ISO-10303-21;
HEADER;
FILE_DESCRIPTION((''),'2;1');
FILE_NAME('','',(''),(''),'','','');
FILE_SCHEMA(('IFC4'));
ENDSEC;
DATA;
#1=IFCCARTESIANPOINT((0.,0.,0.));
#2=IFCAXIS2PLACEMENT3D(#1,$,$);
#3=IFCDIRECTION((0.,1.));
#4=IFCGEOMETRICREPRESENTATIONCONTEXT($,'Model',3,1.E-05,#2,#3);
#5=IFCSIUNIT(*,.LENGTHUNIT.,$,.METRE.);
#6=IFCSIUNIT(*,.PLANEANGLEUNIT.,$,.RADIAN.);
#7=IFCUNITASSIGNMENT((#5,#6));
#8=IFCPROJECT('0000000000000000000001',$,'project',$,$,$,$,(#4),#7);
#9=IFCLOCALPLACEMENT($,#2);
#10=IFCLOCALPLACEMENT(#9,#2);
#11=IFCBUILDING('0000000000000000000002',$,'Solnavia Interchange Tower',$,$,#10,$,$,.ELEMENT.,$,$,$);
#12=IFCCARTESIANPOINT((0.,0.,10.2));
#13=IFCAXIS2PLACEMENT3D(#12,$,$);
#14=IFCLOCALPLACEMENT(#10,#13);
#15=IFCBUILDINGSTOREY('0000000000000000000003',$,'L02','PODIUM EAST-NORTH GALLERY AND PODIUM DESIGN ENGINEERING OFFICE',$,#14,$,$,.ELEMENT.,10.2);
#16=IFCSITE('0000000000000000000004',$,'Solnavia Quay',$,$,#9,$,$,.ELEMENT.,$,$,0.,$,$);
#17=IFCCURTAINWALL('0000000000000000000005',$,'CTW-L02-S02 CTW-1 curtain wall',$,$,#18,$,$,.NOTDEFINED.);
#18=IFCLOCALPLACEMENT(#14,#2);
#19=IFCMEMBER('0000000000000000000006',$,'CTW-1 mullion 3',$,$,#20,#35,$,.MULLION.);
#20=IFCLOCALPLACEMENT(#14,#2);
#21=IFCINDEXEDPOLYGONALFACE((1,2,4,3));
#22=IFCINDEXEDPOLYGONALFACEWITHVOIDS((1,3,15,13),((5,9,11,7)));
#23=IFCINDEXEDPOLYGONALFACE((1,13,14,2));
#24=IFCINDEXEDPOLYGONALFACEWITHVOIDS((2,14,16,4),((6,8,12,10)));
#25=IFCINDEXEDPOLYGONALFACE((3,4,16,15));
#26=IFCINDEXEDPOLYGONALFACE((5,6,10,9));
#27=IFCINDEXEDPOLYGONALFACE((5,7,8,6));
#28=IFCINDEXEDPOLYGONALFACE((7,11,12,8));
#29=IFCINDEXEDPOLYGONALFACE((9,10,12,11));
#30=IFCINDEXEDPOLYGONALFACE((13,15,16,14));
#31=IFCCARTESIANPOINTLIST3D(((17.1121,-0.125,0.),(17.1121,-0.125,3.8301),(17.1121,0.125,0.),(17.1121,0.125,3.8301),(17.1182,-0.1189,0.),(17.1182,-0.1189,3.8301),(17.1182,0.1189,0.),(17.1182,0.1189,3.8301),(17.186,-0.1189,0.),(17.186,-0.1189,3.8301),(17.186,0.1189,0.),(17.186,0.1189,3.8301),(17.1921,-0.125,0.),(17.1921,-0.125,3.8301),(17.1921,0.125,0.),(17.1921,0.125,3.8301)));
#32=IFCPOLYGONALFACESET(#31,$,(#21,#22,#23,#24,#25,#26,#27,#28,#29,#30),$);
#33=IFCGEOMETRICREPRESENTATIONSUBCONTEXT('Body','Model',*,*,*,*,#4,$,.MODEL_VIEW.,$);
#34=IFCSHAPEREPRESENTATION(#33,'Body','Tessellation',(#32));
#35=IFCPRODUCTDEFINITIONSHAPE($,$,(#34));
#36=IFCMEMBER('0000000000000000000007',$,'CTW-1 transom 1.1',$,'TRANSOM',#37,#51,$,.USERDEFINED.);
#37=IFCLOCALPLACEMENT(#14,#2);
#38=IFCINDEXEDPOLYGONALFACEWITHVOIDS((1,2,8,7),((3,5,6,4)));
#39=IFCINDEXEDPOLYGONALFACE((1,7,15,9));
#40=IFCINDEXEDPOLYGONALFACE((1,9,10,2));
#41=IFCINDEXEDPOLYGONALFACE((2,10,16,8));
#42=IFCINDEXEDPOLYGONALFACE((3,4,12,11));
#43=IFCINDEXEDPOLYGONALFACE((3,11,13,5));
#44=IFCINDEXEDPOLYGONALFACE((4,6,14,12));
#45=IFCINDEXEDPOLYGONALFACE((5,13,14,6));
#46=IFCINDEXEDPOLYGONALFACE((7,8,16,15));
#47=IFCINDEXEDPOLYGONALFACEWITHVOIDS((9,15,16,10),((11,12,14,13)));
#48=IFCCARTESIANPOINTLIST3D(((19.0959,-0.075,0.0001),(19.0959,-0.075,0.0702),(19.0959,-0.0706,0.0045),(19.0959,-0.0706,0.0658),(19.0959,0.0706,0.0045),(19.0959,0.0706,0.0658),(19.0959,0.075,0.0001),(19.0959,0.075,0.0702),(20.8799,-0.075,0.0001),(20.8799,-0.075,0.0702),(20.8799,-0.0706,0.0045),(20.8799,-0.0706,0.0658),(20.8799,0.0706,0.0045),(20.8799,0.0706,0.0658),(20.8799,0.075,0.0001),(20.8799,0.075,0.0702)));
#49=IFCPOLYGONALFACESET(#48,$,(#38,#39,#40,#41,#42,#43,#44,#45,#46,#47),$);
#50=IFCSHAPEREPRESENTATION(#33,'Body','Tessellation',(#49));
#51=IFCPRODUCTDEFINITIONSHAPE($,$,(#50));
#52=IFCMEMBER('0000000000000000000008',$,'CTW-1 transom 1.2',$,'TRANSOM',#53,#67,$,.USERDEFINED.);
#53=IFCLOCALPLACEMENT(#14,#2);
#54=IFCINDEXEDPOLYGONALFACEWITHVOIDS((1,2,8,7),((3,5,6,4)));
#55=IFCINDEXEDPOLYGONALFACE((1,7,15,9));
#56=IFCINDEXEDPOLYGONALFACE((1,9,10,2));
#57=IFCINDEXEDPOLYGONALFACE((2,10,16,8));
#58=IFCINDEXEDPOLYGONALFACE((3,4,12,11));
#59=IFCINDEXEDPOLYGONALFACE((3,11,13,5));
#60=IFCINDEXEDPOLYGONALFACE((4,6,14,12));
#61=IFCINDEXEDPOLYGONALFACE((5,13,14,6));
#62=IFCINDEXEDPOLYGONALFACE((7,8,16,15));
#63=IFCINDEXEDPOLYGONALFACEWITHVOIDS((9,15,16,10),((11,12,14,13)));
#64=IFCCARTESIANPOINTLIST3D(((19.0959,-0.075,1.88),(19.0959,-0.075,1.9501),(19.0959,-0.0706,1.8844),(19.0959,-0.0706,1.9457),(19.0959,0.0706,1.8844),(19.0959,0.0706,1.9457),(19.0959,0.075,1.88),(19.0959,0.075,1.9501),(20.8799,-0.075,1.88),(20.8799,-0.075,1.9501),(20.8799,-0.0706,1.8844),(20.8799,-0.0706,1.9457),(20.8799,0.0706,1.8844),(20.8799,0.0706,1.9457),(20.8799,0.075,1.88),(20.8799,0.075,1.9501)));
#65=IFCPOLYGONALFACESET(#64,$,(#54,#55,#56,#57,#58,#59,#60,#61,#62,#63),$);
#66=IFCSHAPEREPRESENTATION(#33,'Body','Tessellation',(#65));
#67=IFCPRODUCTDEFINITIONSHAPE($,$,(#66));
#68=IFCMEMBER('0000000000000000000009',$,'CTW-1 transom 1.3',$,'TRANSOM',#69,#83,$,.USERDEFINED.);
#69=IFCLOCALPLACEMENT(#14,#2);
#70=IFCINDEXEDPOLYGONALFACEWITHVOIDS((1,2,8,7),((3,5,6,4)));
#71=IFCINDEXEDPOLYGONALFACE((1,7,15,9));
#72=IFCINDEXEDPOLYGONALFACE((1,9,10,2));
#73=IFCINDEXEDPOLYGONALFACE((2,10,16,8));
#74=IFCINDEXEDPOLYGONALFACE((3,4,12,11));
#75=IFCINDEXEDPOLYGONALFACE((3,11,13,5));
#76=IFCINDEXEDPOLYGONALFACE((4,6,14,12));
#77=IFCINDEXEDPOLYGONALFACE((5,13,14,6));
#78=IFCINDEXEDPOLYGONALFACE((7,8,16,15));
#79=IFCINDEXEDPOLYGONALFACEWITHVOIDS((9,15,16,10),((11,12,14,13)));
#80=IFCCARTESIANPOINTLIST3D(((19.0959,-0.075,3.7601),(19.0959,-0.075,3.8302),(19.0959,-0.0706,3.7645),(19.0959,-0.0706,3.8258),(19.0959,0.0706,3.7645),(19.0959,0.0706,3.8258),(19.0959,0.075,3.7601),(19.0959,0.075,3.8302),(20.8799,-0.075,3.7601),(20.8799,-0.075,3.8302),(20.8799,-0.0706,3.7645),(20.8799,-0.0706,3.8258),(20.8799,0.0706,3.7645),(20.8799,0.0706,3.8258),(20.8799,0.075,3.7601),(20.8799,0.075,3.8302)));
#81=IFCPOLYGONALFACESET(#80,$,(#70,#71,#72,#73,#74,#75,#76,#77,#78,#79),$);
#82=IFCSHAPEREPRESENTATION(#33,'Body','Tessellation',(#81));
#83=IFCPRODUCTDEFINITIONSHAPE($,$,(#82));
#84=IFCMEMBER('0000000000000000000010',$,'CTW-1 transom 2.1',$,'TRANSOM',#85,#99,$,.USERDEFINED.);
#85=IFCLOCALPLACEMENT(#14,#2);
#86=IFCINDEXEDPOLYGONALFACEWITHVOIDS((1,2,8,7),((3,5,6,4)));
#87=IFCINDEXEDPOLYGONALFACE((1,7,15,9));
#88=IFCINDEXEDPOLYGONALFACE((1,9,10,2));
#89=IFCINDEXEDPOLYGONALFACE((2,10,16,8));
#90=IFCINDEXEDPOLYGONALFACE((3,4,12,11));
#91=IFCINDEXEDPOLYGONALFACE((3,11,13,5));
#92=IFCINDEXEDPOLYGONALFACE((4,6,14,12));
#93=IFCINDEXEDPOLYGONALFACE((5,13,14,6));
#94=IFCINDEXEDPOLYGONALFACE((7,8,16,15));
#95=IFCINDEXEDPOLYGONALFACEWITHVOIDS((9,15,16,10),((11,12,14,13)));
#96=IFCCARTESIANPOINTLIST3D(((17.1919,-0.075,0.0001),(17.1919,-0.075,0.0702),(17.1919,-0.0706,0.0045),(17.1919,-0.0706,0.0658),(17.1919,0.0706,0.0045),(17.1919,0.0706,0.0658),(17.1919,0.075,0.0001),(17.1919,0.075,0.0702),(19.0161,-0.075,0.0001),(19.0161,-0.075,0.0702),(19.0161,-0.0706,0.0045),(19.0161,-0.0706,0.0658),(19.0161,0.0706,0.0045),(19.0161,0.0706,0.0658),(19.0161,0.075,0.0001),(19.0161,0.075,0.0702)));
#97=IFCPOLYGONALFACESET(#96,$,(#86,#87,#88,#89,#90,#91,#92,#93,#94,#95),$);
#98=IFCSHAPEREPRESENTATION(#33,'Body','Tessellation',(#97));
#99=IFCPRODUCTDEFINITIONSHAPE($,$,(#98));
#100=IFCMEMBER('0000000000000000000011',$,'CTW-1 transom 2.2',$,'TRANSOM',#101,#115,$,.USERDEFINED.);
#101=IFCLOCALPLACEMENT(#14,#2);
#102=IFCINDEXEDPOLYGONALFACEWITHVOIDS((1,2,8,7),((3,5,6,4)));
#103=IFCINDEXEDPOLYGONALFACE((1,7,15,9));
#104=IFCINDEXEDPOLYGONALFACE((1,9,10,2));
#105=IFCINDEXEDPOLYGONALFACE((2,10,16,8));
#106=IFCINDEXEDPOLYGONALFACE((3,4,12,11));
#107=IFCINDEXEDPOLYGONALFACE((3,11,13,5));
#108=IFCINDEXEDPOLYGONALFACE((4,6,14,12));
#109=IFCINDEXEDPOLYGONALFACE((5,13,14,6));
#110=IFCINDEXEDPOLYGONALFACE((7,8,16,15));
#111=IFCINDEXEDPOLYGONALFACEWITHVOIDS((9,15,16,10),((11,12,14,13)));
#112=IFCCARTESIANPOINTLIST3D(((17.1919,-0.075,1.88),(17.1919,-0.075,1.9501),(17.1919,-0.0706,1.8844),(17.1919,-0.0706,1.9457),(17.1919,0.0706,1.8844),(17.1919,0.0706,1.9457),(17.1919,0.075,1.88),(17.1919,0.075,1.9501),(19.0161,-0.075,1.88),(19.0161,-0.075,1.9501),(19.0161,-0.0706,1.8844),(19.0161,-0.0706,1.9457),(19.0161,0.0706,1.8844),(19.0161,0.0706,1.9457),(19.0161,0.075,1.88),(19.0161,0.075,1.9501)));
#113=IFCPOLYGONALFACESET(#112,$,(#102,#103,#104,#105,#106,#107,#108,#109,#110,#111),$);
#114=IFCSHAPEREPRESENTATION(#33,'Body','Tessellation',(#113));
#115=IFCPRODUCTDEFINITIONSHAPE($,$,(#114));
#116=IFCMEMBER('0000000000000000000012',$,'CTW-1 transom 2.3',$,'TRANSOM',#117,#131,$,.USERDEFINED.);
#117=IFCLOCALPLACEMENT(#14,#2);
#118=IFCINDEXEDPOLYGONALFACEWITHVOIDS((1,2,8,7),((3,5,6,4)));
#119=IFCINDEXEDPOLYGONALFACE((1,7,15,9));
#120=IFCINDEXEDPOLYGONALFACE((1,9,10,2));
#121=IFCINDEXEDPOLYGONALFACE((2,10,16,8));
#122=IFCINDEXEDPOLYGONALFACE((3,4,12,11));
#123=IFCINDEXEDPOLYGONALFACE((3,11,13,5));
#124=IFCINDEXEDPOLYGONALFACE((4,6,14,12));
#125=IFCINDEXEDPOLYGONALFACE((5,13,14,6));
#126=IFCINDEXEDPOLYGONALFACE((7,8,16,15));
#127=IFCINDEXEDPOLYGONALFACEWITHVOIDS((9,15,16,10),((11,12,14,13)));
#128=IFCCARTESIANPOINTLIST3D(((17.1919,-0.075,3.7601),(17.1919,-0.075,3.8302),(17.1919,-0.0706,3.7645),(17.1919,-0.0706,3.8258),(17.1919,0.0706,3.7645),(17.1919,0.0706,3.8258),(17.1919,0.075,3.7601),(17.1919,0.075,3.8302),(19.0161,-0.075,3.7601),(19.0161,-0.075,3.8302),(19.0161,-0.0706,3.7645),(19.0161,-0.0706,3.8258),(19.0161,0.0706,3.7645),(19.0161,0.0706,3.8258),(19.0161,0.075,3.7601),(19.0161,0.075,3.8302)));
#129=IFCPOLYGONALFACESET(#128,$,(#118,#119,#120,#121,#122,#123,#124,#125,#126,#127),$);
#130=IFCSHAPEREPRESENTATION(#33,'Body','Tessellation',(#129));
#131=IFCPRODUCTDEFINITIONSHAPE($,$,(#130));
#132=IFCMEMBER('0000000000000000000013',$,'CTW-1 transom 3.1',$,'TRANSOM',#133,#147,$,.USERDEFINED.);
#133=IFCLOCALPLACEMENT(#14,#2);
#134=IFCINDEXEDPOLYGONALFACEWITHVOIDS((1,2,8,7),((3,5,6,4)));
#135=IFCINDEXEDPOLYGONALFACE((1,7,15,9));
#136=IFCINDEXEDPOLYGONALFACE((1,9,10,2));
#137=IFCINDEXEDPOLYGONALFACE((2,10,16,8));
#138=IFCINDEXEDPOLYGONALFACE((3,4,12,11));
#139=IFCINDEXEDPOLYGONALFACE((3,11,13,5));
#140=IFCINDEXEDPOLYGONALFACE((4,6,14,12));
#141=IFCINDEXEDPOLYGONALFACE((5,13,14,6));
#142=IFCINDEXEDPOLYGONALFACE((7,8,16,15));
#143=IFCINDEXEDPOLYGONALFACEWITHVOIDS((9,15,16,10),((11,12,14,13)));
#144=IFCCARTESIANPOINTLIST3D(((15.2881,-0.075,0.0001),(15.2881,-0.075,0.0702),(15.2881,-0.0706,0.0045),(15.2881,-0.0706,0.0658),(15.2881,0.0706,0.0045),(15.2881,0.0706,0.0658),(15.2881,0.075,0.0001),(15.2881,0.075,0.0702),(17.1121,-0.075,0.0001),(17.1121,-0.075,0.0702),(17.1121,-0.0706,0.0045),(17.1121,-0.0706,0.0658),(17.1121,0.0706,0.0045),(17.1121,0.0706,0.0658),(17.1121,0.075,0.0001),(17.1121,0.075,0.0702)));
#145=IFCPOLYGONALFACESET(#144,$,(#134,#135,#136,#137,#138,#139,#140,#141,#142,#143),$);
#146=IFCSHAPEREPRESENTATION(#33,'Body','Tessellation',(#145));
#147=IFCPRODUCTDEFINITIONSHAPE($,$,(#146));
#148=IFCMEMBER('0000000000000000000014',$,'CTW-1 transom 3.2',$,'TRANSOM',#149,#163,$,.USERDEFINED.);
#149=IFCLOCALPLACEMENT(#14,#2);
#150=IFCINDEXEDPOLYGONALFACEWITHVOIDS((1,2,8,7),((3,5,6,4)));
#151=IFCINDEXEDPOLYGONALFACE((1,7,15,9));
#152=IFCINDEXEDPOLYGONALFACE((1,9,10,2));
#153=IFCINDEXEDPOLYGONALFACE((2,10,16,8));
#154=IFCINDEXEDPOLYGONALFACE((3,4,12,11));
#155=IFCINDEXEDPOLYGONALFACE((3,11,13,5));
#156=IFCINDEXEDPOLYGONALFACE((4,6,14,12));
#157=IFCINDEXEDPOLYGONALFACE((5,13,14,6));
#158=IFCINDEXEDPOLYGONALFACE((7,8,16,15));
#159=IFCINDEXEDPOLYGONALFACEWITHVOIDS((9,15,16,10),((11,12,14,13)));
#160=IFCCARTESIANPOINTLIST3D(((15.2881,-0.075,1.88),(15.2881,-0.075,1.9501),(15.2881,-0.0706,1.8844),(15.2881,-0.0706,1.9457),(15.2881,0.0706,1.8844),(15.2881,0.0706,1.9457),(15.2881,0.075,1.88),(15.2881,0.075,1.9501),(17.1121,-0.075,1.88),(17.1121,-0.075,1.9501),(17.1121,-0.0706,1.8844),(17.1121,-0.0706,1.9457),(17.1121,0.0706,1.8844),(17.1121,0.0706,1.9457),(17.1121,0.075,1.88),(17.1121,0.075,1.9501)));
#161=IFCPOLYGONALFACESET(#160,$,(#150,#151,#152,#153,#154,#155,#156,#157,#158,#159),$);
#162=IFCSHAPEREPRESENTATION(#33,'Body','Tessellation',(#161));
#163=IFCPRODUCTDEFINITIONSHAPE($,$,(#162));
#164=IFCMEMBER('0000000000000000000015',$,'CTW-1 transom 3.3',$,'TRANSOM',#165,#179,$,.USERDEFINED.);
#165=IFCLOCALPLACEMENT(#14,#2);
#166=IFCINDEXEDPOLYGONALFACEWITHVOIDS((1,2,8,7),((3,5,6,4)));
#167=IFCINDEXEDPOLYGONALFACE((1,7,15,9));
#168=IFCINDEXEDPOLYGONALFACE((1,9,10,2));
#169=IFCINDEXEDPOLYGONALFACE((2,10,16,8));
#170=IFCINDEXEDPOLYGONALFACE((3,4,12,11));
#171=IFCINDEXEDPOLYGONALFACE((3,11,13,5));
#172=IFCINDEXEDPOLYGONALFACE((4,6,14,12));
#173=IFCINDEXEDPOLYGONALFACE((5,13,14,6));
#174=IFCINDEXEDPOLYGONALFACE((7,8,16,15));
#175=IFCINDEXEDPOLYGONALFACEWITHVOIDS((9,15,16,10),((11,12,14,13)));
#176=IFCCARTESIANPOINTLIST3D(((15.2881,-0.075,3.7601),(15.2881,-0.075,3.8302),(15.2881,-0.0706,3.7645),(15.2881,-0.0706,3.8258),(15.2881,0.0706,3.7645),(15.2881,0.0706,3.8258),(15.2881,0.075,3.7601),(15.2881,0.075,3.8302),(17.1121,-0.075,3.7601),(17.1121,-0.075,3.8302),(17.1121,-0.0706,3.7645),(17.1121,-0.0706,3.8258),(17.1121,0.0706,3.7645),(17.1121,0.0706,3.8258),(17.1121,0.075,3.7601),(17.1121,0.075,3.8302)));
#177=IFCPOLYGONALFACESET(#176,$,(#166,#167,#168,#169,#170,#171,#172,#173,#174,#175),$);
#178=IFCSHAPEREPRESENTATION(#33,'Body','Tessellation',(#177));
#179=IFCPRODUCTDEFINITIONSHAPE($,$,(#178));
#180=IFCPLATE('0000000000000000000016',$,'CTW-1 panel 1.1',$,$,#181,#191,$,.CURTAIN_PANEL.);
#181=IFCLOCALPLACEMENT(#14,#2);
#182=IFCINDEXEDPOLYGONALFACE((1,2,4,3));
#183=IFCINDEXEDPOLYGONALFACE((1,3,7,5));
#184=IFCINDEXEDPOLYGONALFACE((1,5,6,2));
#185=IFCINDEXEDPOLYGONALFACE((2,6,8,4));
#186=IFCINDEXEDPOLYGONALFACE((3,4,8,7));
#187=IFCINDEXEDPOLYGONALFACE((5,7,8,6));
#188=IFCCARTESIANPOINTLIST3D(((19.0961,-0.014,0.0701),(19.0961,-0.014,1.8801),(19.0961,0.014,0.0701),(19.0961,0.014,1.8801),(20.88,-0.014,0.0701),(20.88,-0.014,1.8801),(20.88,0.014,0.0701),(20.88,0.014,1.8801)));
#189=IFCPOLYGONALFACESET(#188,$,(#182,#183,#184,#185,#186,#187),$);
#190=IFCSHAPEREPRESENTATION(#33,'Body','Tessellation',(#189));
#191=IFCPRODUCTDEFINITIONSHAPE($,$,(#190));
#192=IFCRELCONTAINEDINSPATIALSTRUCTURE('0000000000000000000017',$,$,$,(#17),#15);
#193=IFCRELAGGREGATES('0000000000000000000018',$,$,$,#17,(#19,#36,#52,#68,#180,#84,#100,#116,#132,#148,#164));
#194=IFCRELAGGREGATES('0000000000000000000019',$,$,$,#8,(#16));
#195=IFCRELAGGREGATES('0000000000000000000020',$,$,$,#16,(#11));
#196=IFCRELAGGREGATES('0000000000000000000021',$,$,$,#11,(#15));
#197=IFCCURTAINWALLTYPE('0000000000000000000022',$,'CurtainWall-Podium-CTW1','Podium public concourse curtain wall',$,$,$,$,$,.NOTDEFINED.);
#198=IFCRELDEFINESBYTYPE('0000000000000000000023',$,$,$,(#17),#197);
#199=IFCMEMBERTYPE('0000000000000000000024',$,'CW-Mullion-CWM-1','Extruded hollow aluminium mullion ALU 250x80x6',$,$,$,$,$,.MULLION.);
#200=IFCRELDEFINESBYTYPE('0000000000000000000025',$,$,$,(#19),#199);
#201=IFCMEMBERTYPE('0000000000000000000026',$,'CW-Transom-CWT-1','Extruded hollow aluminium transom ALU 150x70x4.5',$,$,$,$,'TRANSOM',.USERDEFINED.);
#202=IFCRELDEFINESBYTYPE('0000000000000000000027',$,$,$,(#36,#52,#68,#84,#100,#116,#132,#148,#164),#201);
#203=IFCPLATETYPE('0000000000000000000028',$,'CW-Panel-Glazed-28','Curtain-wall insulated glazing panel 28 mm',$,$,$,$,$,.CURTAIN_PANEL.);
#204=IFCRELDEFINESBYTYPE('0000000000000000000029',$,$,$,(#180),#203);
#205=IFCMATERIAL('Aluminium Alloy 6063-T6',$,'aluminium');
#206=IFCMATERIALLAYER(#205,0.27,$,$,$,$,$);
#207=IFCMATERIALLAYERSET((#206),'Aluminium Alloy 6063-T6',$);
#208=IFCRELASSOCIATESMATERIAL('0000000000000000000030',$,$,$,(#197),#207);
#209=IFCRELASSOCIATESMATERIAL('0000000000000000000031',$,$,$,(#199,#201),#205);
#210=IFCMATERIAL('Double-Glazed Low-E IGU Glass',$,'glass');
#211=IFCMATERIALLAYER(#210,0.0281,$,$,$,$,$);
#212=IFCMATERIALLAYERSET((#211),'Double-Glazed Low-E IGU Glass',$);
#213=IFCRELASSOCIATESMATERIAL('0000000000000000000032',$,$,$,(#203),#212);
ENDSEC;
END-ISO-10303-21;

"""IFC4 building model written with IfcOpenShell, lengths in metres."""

from ifc_helpers import new_model, si_unit, direction, frame, origin, origin_2d, place, context, subcontext, project, spatial, rectangle, hollow_rectangle, extrude, material, layer, layer_set, material_profile, profile_set, type_object, element, aggregate, save


model = new_model("IFC4")

# Units and contexts
model_context = context("Model", 3, precision=1e-05, world=origin(), true_north=direction((0.0, 1.0)))
body_context = subcontext(model_context, "Body", "Model", "MODEL_VIEW")
ifc_project = project(units=[si_unit("LENGTHUNIT", "METRE"), si_unit("PLANEANGLEUNIT", "RADIAN")], contexts=[model_context])

# Site, building, storey
site_placement = place(None, origin())
site = spatial("IfcSite", under=ifc_project, at=site_placement, Name="Solnavia Quay", CompositionType="ELEMENT", RefElevation=0.0)
building_placement = place(site_placement, origin())
building = spatial("IfcBuilding", under=site, at=building_placement, Name="Solnavia Interchange Tower", CompositionType="ELEMENT")
storey_placement = place(building_placement, frame((0.0, 0.0, 10.2)))
storey = spatial("IfcBuildingStorey", under=building, at=storey_placement, Name="L02", Description="PODIUM EAST-NORTH GALLERY AND PODIUM DESIGN ENGINEERING OFFICE", CompositionType="ELEMENT", Elevation=10.2)

# Curtain wall, members, plate
ifc_material_1 = material(Name="Aluminium Alloy 6063-T6", Category="aluminium")
ifc_layer_1 = layer(ifc_material_1, 0.27)
ifc_layer_set_1 = layer_set([ifc_layer_1], Name="Aluminium Alloy 6063-T6")
curtain_wall_type = type_object("IfcCurtainWallType", Name="CurtainWall-Podium-CTW1", Description="Podium public concourse curtain wall", PredefinedType="NOTDEFINED", material=ifc_layer_set_1)
curtain_wall_placement = place(storey_placement, origin())
curtain_wall = element("IfcCurtainWall", 1, at=curtain_wall_placement, inside=storey, type_object=curtain_wall_type, Name="CTW-L02-S02 CTW-1 curtain wall", PredefinedType="NOTDEFINED")
ifc_material_profile_1 = material_profile(ifc_material_1, hollow_rectangle(XDim=0.0801, YDim=0.25, WallThickness=0.0061, at=origin_2d()), Name="ALU 250x80x6")
ifc_profile_set_1 = profile_set([ifc_material_profile_1], Name="Aluminium Alloy 6063-T6")
member_type_1 = type_object("IfcMemberType", Name="CW-Mullion-CWM-1", Description="Extruded hollow aluminium mullion ALU 250x80x6", PredefinedType="MULLION", material=ifc_profile_set_1)
member_1_placement = place(storey_placement, frame((17.1521, 0.0, 0.0), z_axis=(0.0, 0.0, 1.0), x_axis=(-1.0, 0.0, 0.0)))
member_1 = element("IfcMember", 2, at=member_1_placement, type_object=member_type_1, Name="CTW-1 mullion 3", PredefinedType="MULLION", context=body_context, shape_type="SweptSolid", body=[
    extrude(hollow_rectangle(XDim=0.0801, YDim=0.25, WallThickness=0.0061, at=origin_2d()), origin(), (0.0, 0.0, 1.0), 3.8301),
])
ifc_material_profile_2 = material_profile(ifc_material_1, hollow_rectangle(XDim=0.0701, YDim=0.1499, WallThickness=0.0044, at=origin_2d()), Name="ALU 150x70x4.5")
ifc_profile_set_2 = profile_set([ifc_material_profile_2], Name="Aluminium Alloy 6063-T6")
member_type_2 = type_object("IfcMemberType", Name="CW-Transom-CWT-1", Description="Extruded hollow aluminium transom ALU 150x70x4.5", ElementType="TRANSOM", PredefinedType="USERDEFINED", material=ifc_profile_set_2)
member_2_placement = place(storey_placement, frame((20.8799, 0.0, 0.0352), z_axis=(-1.0, 0.0, 0.0), x_axis=(0.0, 0.0, 1.0)))
member_2 = element("IfcMember", 3, at=member_2_placement, type_object=member_type_2, Name="CTW-1 transom 1.1", ObjectType="TRANSOM", PredefinedType="USERDEFINED", context=body_context, shape_type="SweptSolid", body=[
    extrude(hollow_rectangle(XDim=0.0701, YDim=0.1499, WallThickness=0.0044, at=origin_2d()), origin(), (0.0, 0.0, 1.0), 1.7839),
])
member_3_placement = place(storey_placement, frame((20.8799, 0.0, 1.915), z_axis=(-1.0, 0.0, 0.0), x_axis=(0.0, 0.0, 1.0)))
member_3 = element("IfcMember", 4, at=member_3_placement, type_object=member_type_2, Name="CTW-1 transom 1.2", ObjectType="TRANSOM", PredefinedType="USERDEFINED", context=body_context, shape_type="SweptSolid", body=[
    extrude(hollow_rectangle(XDim=0.0701, YDim=0.1499, WallThickness=0.0044, at=origin_2d()), origin(), (0.0, 0.0, 1.0), 1.7839),
])
member_4_placement = place(storey_placement, frame((20.8799, 0.0, 3.7952), z_axis=(-1.0, 0.0, 0.0), x_axis=(0.0, 0.0, 1.0)))
member_4 = element("IfcMember", 5, at=member_4_placement, type_object=member_type_2, Name="CTW-1 transom 1.3", ObjectType="TRANSOM", PredefinedType="USERDEFINED", context=body_context, shape_type="SweptSolid", body=[
    extrude(hollow_rectangle(XDim=0.0701, YDim=0.1499, WallThickness=0.0044, at=origin_2d()), origin(), (0.0, 0.0, 1.0), 1.7839),
])
member_5_placement = place(storey_placement, frame((19.0161, 0.0, 0.0352), z_axis=(-1.0, 0.0, 0.0), x_axis=(0.0, 0.0, 1.0)))
member_5 = element("IfcMember", 6, at=member_5_placement, type_object=member_type_2, Name="CTW-1 transom 2.1", ObjectType="TRANSOM", PredefinedType="USERDEFINED", context=body_context, shape_type="SweptSolid", body=[
    extrude(hollow_rectangle(XDim=0.0701, YDim=0.1499, WallThickness=0.0044, at=origin_2d()), origin(), (0.0, 0.0, 1.0), 1.8242),
])
member_6_placement = place(storey_placement, frame((19.0161, 0.0, 1.915), z_axis=(-1.0, 0.0, 0.0), x_axis=(0.0, 0.0, 1.0)))
member_6 = element("IfcMember", 7, at=member_6_placement, type_object=member_type_2, Name="CTW-1 transom 2.2", ObjectType="TRANSOM", PredefinedType="USERDEFINED", context=body_context, shape_type="SweptSolid", body=[
    extrude(hollow_rectangle(XDim=0.0701, YDim=0.1499, WallThickness=0.0044, at=origin_2d()), origin(), (0.0, 0.0, 1.0), 1.8242),
])
member_7_placement = place(storey_placement, frame((19.0161, 0.0, 3.7952), z_axis=(-1.0, 0.0, 0.0), x_axis=(0.0, 0.0, 1.0)))
member_7 = element("IfcMember", 8, at=member_7_placement, type_object=member_type_2, Name="CTW-1 transom 2.3", ObjectType="TRANSOM", PredefinedType="USERDEFINED", context=body_context, shape_type="SweptSolid", body=[
    extrude(hollow_rectangle(XDim=0.0701, YDim=0.1499, WallThickness=0.0044, at=origin_2d()), origin(), (0.0, 0.0, 1.0), 1.8242),
])
member_8_placement = place(storey_placement, frame((17.1121, 0.0, 0.0352), z_axis=(-1.0, 0.0, 0.0), x_axis=(0.0, 0.0, 1.0)))
member_8 = element("IfcMember", 9, at=member_8_placement, type_object=member_type_2, Name="CTW-1 transom 3.1", ObjectType="TRANSOM", PredefinedType="USERDEFINED", context=body_context, shape_type="SweptSolid", body=[
    extrude(hollow_rectangle(XDim=0.0701, YDim=0.1499, WallThickness=0.0044, at=origin_2d()), origin(), (0.0, 0.0, 1.0), 1.824),
])
member_9_placement = place(storey_placement, frame((17.1121, 0.0, 1.915), z_axis=(-1.0, 0.0, 0.0), x_axis=(0.0, 0.0, 1.0)))
member_9 = element("IfcMember", 10, at=member_9_placement, type_object=member_type_2, Name="CTW-1 transom 3.2", ObjectType="TRANSOM", PredefinedType="USERDEFINED", context=body_context, shape_type="SweptSolid", body=[
    extrude(hollow_rectangle(XDim=0.0701, YDim=0.1499, WallThickness=0.0044, at=origin_2d()), origin(), (0.0, 0.0, 1.0), 1.824),
])
member_10_placement = place(storey_placement, frame((17.1121, 0.0, 3.7952), z_axis=(-1.0, 0.0, 0.0), x_axis=(0.0, 0.0, 1.0)))
member_10 = element("IfcMember", 11, at=member_10_placement, type_object=member_type_2, Name="CTW-1 transom 3.3", ObjectType="TRANSOM", PredefinedType="USERDEFINED", context=body_context, shape_type="SweptSolid", body=[
    extrude(hollow_rectangle(XDim=0.0701, YDim=0.1499, WallThickness=0.0044, at=origin_2d()), origin(), (0.0, 0.0, 1.0), 1.824),
])
ifc_material_2 = material(Name="Double-Glazed Low-E IGU Glass", Category="glass")
ifc_layer_2 = layer(ifc_material_2, 0.0281)
ifc_layer_set_2 = layer_set([ifc_layer_2], Name="Double-Glazed Low-E IGU Glass")
plate_type = type_object("IfcPlateType", Name="CW-Panel-Glazed-28", Description="Curtain-wall insulated glazing panel 28 mm", PredefinedType="CURTAIN_PANEL", material=ifc_layer_set_2)
plate_1_placement = place(storey_placement, frame((19.988, 0.0, 0.0701), z_axis=(0.0, 0.0, 1.0), x_axis=(-1.0, 0.0, 0.0)))
plate_1 = element("IfcPlate", 12, at=plate_1_placement, type_object=plate_type, Name="CTW-1 panel 1.1", PredefinedType="CURTAIN_PANEL", context=body_context, shape_type="SweptSolid", body=[
    extrude(rectangle(XDim=1.7839, YDim=0.0281, at=origin_2d()), origin(), (0.0, 0.0, 1.0), 1.8101),
])
aggregate(curtain_wall, [member_1, member_2, member_3, member_4, plate_1, member_5, member_6, member_7, member_8, member_9, member_10])

save(model, "model.ifc")
